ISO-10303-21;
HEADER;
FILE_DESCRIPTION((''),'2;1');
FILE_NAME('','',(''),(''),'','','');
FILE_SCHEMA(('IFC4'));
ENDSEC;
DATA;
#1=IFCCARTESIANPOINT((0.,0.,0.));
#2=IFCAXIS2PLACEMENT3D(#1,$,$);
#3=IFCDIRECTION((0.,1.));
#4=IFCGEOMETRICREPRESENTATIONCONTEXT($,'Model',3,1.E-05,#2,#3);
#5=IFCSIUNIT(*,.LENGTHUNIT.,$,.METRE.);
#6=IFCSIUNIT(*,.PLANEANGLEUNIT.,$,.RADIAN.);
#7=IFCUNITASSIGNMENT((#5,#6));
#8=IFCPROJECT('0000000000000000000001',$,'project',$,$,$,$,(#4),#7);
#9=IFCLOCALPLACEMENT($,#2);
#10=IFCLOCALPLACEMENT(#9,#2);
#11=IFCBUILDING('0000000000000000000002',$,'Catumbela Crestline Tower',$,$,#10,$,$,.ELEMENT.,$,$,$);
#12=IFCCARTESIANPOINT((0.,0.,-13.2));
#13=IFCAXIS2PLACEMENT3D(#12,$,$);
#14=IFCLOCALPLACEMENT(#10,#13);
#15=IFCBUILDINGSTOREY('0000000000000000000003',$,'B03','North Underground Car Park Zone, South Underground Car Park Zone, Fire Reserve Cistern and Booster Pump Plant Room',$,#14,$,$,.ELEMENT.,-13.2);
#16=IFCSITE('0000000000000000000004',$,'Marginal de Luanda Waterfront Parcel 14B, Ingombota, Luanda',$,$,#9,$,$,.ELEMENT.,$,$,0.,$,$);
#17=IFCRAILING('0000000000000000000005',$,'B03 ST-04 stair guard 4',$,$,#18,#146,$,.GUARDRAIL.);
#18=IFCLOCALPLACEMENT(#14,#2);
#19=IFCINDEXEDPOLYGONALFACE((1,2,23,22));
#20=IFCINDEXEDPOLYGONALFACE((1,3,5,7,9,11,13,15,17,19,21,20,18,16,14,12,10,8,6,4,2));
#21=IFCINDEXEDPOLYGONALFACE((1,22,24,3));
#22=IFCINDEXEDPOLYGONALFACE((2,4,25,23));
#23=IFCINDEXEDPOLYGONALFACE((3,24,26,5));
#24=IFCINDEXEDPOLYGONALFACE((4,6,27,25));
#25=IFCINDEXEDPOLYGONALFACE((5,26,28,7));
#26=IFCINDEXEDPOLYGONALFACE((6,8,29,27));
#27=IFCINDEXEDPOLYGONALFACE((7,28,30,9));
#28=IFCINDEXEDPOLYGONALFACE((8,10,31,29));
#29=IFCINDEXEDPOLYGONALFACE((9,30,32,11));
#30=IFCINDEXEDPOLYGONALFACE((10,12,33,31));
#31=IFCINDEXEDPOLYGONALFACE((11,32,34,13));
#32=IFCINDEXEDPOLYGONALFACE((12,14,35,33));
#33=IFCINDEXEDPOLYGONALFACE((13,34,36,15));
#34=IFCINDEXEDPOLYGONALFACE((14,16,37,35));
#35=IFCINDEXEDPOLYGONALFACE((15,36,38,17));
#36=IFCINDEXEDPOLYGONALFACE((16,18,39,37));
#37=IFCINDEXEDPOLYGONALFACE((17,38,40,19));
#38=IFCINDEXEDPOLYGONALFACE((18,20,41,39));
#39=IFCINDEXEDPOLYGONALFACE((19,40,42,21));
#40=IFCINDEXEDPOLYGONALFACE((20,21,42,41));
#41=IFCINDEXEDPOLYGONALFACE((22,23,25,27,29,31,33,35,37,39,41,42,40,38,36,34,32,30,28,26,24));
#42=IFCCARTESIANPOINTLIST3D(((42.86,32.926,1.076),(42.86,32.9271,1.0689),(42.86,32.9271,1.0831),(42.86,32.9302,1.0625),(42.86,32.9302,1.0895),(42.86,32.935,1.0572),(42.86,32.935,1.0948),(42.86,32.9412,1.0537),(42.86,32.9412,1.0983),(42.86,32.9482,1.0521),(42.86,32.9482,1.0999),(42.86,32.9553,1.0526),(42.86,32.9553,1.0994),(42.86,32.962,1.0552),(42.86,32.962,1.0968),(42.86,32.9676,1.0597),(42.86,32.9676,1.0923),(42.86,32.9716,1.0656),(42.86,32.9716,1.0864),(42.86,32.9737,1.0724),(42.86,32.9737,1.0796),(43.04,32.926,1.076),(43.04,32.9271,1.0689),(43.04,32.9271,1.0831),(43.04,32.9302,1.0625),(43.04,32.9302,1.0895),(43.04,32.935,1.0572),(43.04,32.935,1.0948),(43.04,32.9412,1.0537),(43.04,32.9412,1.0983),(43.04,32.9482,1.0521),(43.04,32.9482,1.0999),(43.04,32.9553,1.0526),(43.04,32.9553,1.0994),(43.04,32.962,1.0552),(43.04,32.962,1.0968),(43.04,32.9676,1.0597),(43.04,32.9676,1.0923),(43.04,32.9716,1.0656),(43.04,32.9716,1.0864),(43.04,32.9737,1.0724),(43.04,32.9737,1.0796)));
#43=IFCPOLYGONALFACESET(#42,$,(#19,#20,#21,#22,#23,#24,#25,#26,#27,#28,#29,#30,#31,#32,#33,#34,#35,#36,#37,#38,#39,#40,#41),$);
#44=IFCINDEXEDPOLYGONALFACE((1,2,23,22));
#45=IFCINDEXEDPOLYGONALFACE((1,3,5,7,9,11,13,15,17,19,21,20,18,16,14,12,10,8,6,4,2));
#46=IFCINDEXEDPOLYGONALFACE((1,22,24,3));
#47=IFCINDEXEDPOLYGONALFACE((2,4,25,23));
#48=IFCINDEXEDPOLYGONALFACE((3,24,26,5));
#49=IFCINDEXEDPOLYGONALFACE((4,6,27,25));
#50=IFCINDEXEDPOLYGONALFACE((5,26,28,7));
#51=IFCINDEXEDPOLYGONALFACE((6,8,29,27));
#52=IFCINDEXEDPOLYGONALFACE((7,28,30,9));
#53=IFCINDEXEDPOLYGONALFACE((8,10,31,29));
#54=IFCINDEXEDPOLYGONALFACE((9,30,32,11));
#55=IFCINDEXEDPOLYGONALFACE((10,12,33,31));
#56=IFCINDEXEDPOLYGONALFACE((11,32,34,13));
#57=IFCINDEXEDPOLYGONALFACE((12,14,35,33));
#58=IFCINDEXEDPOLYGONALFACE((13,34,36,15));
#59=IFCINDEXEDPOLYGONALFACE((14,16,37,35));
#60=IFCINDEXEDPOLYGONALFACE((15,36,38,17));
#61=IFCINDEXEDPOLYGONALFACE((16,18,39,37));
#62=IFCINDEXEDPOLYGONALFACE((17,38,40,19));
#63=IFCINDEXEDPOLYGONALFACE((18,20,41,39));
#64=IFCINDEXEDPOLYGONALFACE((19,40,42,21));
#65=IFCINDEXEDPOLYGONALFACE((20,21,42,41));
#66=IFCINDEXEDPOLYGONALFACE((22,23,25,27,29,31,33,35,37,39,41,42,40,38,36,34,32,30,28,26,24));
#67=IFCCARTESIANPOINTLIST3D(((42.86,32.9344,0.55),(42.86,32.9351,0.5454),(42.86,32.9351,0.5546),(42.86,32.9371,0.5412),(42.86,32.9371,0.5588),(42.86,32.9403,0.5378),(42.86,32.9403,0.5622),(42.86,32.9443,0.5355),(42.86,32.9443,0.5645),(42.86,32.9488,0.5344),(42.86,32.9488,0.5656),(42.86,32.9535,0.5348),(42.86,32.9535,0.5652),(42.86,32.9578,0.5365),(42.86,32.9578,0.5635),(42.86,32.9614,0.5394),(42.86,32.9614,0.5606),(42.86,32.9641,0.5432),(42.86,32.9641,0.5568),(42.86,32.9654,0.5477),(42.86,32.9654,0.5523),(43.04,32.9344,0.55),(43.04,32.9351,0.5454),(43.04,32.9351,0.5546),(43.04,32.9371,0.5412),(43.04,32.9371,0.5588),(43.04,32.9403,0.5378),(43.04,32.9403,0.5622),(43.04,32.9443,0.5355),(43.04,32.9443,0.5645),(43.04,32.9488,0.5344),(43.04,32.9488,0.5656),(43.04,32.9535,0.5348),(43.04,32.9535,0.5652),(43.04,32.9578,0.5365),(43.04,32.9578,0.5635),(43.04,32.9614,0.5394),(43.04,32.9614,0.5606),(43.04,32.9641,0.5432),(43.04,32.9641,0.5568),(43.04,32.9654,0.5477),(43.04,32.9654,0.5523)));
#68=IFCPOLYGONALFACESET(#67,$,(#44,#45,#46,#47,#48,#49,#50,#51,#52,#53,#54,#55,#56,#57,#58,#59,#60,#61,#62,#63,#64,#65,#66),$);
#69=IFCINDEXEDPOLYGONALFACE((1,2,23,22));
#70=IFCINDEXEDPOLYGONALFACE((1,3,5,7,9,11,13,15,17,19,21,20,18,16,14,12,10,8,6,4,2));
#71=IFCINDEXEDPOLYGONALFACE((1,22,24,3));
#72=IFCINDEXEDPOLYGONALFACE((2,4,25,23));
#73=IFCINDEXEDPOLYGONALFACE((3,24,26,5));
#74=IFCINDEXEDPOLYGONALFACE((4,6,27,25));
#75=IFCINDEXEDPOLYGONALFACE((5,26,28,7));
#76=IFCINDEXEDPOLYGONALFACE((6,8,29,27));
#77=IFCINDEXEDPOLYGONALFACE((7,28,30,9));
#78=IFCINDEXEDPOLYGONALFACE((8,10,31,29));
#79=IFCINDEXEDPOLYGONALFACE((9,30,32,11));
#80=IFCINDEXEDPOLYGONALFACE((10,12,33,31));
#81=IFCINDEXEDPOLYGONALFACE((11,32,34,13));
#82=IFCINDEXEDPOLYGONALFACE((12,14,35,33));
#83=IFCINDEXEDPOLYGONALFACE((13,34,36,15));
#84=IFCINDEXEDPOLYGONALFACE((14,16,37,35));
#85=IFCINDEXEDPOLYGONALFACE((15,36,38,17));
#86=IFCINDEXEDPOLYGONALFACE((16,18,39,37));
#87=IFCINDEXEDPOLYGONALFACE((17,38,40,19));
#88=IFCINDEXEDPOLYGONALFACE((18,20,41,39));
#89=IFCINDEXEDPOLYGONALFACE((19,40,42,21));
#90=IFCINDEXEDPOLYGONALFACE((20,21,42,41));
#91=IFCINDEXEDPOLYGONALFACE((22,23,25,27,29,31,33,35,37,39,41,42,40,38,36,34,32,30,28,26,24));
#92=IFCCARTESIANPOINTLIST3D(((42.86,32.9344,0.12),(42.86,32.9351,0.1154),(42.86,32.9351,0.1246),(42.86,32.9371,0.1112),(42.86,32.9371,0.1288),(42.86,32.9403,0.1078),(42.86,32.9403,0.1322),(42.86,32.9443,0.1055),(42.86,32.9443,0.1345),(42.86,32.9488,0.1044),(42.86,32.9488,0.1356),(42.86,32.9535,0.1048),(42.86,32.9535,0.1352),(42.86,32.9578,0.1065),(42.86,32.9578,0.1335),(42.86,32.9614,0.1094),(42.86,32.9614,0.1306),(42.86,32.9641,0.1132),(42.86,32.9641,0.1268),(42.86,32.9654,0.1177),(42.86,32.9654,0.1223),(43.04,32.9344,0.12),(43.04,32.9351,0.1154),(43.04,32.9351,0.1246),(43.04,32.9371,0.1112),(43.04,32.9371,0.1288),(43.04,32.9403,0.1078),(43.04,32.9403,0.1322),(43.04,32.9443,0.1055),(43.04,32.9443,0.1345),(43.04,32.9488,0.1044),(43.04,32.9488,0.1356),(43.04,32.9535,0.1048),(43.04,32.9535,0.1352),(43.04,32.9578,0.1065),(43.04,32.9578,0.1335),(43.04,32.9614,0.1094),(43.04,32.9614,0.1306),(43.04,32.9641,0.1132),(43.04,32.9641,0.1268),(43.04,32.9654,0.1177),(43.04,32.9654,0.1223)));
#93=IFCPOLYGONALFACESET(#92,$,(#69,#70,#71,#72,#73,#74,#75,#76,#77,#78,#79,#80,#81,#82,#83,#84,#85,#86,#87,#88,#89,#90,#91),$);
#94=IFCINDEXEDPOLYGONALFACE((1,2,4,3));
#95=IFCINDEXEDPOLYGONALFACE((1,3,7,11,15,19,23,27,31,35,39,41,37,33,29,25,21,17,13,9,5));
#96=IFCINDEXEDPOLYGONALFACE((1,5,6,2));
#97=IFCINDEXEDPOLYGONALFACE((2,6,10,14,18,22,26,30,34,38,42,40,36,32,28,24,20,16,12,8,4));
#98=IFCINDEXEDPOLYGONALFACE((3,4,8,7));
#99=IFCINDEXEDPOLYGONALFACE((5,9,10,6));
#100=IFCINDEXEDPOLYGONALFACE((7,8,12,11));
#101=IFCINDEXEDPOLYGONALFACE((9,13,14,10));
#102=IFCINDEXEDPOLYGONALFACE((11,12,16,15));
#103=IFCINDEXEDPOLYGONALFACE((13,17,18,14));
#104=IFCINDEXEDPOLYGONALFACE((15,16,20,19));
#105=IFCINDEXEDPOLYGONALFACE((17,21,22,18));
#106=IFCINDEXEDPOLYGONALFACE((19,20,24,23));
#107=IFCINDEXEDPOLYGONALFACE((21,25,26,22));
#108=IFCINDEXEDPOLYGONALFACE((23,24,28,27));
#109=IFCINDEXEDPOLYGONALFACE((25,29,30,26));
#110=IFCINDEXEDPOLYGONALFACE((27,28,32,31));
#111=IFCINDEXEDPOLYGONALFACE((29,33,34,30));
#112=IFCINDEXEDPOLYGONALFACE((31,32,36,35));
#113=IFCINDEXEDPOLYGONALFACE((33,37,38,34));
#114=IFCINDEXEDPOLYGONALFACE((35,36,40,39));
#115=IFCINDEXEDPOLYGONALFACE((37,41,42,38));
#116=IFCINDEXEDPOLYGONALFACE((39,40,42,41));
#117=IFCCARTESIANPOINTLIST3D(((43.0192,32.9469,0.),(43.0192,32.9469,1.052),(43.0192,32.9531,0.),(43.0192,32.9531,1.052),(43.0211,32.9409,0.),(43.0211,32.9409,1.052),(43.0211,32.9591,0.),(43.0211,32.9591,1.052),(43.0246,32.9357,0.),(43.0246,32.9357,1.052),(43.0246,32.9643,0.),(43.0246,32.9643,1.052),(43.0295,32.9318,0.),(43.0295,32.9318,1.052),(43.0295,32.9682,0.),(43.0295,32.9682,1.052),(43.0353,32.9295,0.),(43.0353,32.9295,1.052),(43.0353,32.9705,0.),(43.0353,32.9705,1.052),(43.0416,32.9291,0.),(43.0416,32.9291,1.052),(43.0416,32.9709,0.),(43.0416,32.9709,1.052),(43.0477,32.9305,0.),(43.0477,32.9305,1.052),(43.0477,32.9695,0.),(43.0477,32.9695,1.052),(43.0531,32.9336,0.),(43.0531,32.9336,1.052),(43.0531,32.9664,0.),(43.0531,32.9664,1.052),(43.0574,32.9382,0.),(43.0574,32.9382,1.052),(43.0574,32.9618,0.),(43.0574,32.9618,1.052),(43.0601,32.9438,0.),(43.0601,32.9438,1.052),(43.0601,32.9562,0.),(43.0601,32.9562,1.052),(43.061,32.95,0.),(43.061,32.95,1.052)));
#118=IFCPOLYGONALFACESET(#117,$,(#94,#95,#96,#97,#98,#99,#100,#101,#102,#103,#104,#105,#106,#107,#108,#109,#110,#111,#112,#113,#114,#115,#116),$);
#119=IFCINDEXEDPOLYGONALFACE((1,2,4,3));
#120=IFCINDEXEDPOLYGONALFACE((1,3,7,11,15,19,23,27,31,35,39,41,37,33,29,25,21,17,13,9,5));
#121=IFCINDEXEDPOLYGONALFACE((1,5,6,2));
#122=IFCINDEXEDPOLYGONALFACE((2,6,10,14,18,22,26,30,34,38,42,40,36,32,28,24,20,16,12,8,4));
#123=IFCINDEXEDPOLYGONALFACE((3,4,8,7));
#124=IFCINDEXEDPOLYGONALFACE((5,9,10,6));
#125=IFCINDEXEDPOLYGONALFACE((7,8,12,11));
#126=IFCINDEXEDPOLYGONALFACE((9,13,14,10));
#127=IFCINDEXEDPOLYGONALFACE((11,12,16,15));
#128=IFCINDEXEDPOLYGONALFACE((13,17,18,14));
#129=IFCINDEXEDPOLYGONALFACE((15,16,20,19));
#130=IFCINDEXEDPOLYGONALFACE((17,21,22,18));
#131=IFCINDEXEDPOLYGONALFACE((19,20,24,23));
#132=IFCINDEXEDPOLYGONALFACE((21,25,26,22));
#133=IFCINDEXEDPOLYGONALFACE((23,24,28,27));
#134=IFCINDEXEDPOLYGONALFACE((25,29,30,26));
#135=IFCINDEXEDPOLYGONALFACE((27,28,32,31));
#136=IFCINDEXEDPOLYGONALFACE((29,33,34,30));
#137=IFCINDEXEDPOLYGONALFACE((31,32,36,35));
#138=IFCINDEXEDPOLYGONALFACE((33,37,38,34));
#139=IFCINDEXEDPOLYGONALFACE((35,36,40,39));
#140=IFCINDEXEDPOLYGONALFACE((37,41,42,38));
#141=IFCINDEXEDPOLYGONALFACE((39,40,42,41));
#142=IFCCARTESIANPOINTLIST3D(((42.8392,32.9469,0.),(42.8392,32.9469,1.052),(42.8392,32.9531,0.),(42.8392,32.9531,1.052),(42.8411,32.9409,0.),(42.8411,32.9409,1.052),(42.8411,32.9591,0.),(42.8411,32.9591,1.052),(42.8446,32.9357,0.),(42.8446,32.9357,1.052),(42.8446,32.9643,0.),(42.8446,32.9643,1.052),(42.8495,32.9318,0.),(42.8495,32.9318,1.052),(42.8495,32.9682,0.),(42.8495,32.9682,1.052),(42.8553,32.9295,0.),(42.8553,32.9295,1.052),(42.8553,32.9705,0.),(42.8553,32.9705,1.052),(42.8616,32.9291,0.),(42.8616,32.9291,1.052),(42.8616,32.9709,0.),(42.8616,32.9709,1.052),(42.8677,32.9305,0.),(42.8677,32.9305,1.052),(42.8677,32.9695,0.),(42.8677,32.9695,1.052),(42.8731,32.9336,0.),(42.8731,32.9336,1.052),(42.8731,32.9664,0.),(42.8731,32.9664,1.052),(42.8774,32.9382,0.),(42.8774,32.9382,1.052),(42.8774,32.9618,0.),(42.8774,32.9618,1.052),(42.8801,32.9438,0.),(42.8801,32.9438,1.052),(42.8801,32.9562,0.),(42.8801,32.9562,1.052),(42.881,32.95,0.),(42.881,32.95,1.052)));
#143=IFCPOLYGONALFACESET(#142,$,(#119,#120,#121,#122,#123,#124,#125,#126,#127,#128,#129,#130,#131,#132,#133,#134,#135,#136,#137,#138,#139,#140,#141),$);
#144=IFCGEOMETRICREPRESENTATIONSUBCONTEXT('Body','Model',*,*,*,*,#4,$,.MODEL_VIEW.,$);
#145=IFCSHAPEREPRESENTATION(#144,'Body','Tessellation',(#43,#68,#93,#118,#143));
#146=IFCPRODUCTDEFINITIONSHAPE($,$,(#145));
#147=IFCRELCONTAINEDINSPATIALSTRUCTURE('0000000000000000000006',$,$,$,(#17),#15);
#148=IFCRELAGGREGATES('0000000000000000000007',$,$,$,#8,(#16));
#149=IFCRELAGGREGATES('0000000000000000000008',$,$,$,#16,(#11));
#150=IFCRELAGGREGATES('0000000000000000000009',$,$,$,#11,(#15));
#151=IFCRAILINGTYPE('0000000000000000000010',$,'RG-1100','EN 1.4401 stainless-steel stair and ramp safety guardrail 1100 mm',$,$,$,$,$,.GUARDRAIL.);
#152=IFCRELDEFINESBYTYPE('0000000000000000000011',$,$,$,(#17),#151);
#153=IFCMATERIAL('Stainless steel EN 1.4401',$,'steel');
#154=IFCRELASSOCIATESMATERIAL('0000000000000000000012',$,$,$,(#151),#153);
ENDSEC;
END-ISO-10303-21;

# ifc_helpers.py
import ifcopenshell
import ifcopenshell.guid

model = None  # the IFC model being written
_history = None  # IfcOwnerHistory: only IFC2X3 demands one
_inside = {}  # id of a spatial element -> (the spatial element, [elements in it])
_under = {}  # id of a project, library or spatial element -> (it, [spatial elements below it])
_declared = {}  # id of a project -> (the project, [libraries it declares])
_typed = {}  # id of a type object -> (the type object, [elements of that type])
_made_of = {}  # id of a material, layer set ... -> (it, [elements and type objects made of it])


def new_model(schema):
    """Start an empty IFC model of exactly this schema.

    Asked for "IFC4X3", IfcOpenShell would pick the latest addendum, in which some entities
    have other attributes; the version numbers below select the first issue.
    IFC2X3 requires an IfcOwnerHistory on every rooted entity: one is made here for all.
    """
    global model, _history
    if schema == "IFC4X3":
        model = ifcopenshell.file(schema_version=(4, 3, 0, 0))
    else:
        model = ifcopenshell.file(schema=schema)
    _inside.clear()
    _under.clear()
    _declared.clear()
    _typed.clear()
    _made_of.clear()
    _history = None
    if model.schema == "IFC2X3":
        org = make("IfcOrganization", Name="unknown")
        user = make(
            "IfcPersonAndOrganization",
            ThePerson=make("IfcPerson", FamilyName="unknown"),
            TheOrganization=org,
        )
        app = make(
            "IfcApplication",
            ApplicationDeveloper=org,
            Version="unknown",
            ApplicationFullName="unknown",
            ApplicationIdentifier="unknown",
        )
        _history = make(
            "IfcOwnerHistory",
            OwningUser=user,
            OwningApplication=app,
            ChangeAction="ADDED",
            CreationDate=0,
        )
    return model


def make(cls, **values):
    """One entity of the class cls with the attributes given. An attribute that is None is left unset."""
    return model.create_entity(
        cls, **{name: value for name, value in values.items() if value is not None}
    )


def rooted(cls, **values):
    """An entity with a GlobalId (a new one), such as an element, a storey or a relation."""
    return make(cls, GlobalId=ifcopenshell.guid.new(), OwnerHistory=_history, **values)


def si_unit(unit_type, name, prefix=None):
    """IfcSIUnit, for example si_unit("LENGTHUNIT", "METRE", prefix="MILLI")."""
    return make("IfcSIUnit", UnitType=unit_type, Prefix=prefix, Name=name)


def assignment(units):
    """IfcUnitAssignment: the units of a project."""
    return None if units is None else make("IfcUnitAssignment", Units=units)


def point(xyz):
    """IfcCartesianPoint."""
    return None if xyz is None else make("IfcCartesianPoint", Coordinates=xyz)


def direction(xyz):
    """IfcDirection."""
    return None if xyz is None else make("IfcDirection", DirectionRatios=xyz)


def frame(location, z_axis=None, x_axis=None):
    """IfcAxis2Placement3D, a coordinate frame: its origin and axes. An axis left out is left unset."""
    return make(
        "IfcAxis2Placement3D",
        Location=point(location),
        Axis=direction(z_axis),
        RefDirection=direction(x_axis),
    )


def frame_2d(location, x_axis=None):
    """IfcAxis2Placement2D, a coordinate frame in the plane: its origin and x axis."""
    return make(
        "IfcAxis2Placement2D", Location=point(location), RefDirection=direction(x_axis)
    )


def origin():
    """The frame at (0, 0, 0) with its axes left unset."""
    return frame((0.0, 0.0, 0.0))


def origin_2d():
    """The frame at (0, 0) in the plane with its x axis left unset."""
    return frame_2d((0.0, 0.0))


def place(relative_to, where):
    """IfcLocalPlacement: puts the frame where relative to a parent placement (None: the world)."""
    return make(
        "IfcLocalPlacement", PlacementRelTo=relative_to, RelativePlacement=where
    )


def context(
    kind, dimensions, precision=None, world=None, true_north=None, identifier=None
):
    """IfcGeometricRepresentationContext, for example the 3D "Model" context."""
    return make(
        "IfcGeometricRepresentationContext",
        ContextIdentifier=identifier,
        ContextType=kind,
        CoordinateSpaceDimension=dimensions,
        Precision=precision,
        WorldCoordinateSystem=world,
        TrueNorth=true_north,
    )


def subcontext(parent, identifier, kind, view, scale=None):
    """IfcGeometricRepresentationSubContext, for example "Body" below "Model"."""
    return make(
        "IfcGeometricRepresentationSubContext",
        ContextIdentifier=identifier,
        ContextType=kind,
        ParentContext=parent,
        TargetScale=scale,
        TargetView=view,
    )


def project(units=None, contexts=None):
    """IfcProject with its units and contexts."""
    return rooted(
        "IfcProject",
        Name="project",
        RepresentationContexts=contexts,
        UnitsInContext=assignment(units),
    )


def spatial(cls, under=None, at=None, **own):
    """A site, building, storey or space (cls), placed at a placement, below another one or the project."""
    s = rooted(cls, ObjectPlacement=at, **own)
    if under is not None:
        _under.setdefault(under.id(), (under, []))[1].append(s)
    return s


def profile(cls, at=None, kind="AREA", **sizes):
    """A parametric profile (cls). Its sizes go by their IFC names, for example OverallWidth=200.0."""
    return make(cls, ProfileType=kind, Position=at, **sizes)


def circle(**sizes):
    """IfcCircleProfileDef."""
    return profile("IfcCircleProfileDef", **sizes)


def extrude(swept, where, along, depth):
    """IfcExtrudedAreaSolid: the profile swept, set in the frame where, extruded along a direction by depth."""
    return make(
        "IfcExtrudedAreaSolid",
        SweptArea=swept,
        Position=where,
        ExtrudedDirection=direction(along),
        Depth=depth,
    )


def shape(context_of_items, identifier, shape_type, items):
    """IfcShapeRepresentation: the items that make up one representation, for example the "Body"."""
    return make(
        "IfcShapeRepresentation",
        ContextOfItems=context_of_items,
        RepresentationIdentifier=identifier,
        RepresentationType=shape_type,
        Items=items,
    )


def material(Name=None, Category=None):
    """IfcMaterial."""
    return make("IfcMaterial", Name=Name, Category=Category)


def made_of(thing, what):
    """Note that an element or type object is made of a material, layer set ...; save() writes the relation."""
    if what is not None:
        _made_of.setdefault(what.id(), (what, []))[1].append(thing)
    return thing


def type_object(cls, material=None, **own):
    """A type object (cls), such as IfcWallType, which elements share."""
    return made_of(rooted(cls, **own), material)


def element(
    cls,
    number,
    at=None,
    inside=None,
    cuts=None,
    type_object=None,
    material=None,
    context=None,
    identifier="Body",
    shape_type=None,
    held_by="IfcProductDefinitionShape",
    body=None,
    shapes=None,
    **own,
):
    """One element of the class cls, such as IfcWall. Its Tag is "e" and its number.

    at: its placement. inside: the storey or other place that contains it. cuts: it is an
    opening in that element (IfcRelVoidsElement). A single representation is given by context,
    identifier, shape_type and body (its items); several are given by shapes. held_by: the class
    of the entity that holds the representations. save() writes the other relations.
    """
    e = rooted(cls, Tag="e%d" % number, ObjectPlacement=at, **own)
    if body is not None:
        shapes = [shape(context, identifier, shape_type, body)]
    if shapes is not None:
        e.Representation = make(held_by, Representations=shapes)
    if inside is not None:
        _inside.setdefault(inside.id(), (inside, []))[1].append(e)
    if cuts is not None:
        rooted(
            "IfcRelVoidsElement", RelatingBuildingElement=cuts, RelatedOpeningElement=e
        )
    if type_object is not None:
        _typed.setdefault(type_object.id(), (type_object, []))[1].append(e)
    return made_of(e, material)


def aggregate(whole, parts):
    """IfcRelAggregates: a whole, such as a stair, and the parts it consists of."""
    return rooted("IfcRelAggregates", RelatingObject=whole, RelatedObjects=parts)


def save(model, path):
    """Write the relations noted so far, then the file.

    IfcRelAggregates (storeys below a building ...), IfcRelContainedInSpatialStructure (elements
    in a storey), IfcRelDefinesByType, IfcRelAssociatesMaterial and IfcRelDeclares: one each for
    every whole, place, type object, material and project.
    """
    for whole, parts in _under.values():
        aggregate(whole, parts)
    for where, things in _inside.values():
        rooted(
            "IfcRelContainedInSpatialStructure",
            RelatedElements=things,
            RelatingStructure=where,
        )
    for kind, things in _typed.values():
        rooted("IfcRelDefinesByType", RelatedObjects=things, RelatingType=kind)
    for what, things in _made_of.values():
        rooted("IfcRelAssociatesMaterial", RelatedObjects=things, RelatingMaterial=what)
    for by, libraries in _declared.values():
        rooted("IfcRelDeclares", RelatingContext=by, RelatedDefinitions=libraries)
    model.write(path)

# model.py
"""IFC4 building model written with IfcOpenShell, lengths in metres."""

from ifc_helpers import new_model, si_unit, direction, frame, origin, origin_2d, place, context, subcontext, project, spatial, circle, extrude, material, type_object, element, save


model = new_model("IFC4")

# Units and contexts
model_context = context("Model", 3, precision=1e-05, world=origin(), true_north=direction((0.0, 1.0)))
body_context = subcontext(model_context, "Body", "Model", "MODEL_VIEW")
ifc_project = project(units=[si_unit("LENGTHUNIT", "METRE"), si_unit("PLANEANGLEUNIT", "RADIAN")], contexts=[model_context])

# Site, building, storey
site_placement = place(None, origin())
site = spatial("IfcSite", under=ifc_project, at=site_placement, Name="Marginal de Luanda Waterfront Parcel 14B, Ingombota, Luanda", CompositionType="ELEMENT", RefElevation=0.0)
building_placement = place(site_placement, origin())
building = spatial("IfcBuilding", under=site, at=building_placement, Name="Catumbela Crestline Tower", CompositionType="ELEMENT")
storey_placement = place(building_placement, frame((0.0, 0.0, -13.2)))
storey = spatial("IfcBuildingStorey", under=building, at=storey_placement, Name="B03", Description="North Underground Car Park Zone, South Underground Car Park Zone, Fire Reserve Cistern and Booster Pump Plant Room", CompositionType="ELEMENT", Elevation=-13.2)

# Shared definitions
ifc_material_1 = material(Name="Stainless steel EN 1.4401", Category="steel")

# Railing
railing_type_1 = type_object("IfcRailingType", Name="RG-1100", Description="EN 1.4401 stainless-steel stair and ramp safety guardrail 1100 mm", PredefinedType="GUARDRAIL", material=ifc_material_1)
railing_1_placement = place(storey_placement, frame((43.04, 32.95, 0.0)))
element("IfcRailing", 1, at=railing_1_placement, inside=storey, type_object=railing_type_1, Name="B03 ST-04 stair guard 4", PredefinedType="GUARDRAIL", context=body_context, shape_type="SweptSolid", body=[
    extrude(circle(Radius=0.024, at=origin_2d()), frame((0.0, 0.0, 1.076), z_axis=(-1.0, 0.0, 0.0), x_axis=(0.0, -1.0, 0.0)), (0.0, 0.0, 1.0), 0.18),
    extrude(circle(Radius=0.0156, at=origin_2d()), frame((0.0, 0.0, 0.55), z_axis=(-1.0, 0.0, 0.0), x_axis=(0.0, -1.0, 0.0)), (0.0, 0.0, 1.0), 0.18),
    extrude(circle(Radius=0.0156, at=origin_2d()), frame((0.0, 0.0, 0.12), z_axis=(-1.0, 0.0, 0.0), x_axis=(0.0, -1.0, 0.0)), (0.0, 0.0, 1.0), 0.18),
    extrude(circle(Radius=0.021, at=origin_2d()), origin(), (0.0, 0.0, 1.0), 1.052),
    extrude(circle(Radius=0.021, at=origin_2d()), frame((-0.18, 0.0, 0.0)), (0.0, 0.0, 1.0), 1.052),
])

save(model, "model.ifc")
